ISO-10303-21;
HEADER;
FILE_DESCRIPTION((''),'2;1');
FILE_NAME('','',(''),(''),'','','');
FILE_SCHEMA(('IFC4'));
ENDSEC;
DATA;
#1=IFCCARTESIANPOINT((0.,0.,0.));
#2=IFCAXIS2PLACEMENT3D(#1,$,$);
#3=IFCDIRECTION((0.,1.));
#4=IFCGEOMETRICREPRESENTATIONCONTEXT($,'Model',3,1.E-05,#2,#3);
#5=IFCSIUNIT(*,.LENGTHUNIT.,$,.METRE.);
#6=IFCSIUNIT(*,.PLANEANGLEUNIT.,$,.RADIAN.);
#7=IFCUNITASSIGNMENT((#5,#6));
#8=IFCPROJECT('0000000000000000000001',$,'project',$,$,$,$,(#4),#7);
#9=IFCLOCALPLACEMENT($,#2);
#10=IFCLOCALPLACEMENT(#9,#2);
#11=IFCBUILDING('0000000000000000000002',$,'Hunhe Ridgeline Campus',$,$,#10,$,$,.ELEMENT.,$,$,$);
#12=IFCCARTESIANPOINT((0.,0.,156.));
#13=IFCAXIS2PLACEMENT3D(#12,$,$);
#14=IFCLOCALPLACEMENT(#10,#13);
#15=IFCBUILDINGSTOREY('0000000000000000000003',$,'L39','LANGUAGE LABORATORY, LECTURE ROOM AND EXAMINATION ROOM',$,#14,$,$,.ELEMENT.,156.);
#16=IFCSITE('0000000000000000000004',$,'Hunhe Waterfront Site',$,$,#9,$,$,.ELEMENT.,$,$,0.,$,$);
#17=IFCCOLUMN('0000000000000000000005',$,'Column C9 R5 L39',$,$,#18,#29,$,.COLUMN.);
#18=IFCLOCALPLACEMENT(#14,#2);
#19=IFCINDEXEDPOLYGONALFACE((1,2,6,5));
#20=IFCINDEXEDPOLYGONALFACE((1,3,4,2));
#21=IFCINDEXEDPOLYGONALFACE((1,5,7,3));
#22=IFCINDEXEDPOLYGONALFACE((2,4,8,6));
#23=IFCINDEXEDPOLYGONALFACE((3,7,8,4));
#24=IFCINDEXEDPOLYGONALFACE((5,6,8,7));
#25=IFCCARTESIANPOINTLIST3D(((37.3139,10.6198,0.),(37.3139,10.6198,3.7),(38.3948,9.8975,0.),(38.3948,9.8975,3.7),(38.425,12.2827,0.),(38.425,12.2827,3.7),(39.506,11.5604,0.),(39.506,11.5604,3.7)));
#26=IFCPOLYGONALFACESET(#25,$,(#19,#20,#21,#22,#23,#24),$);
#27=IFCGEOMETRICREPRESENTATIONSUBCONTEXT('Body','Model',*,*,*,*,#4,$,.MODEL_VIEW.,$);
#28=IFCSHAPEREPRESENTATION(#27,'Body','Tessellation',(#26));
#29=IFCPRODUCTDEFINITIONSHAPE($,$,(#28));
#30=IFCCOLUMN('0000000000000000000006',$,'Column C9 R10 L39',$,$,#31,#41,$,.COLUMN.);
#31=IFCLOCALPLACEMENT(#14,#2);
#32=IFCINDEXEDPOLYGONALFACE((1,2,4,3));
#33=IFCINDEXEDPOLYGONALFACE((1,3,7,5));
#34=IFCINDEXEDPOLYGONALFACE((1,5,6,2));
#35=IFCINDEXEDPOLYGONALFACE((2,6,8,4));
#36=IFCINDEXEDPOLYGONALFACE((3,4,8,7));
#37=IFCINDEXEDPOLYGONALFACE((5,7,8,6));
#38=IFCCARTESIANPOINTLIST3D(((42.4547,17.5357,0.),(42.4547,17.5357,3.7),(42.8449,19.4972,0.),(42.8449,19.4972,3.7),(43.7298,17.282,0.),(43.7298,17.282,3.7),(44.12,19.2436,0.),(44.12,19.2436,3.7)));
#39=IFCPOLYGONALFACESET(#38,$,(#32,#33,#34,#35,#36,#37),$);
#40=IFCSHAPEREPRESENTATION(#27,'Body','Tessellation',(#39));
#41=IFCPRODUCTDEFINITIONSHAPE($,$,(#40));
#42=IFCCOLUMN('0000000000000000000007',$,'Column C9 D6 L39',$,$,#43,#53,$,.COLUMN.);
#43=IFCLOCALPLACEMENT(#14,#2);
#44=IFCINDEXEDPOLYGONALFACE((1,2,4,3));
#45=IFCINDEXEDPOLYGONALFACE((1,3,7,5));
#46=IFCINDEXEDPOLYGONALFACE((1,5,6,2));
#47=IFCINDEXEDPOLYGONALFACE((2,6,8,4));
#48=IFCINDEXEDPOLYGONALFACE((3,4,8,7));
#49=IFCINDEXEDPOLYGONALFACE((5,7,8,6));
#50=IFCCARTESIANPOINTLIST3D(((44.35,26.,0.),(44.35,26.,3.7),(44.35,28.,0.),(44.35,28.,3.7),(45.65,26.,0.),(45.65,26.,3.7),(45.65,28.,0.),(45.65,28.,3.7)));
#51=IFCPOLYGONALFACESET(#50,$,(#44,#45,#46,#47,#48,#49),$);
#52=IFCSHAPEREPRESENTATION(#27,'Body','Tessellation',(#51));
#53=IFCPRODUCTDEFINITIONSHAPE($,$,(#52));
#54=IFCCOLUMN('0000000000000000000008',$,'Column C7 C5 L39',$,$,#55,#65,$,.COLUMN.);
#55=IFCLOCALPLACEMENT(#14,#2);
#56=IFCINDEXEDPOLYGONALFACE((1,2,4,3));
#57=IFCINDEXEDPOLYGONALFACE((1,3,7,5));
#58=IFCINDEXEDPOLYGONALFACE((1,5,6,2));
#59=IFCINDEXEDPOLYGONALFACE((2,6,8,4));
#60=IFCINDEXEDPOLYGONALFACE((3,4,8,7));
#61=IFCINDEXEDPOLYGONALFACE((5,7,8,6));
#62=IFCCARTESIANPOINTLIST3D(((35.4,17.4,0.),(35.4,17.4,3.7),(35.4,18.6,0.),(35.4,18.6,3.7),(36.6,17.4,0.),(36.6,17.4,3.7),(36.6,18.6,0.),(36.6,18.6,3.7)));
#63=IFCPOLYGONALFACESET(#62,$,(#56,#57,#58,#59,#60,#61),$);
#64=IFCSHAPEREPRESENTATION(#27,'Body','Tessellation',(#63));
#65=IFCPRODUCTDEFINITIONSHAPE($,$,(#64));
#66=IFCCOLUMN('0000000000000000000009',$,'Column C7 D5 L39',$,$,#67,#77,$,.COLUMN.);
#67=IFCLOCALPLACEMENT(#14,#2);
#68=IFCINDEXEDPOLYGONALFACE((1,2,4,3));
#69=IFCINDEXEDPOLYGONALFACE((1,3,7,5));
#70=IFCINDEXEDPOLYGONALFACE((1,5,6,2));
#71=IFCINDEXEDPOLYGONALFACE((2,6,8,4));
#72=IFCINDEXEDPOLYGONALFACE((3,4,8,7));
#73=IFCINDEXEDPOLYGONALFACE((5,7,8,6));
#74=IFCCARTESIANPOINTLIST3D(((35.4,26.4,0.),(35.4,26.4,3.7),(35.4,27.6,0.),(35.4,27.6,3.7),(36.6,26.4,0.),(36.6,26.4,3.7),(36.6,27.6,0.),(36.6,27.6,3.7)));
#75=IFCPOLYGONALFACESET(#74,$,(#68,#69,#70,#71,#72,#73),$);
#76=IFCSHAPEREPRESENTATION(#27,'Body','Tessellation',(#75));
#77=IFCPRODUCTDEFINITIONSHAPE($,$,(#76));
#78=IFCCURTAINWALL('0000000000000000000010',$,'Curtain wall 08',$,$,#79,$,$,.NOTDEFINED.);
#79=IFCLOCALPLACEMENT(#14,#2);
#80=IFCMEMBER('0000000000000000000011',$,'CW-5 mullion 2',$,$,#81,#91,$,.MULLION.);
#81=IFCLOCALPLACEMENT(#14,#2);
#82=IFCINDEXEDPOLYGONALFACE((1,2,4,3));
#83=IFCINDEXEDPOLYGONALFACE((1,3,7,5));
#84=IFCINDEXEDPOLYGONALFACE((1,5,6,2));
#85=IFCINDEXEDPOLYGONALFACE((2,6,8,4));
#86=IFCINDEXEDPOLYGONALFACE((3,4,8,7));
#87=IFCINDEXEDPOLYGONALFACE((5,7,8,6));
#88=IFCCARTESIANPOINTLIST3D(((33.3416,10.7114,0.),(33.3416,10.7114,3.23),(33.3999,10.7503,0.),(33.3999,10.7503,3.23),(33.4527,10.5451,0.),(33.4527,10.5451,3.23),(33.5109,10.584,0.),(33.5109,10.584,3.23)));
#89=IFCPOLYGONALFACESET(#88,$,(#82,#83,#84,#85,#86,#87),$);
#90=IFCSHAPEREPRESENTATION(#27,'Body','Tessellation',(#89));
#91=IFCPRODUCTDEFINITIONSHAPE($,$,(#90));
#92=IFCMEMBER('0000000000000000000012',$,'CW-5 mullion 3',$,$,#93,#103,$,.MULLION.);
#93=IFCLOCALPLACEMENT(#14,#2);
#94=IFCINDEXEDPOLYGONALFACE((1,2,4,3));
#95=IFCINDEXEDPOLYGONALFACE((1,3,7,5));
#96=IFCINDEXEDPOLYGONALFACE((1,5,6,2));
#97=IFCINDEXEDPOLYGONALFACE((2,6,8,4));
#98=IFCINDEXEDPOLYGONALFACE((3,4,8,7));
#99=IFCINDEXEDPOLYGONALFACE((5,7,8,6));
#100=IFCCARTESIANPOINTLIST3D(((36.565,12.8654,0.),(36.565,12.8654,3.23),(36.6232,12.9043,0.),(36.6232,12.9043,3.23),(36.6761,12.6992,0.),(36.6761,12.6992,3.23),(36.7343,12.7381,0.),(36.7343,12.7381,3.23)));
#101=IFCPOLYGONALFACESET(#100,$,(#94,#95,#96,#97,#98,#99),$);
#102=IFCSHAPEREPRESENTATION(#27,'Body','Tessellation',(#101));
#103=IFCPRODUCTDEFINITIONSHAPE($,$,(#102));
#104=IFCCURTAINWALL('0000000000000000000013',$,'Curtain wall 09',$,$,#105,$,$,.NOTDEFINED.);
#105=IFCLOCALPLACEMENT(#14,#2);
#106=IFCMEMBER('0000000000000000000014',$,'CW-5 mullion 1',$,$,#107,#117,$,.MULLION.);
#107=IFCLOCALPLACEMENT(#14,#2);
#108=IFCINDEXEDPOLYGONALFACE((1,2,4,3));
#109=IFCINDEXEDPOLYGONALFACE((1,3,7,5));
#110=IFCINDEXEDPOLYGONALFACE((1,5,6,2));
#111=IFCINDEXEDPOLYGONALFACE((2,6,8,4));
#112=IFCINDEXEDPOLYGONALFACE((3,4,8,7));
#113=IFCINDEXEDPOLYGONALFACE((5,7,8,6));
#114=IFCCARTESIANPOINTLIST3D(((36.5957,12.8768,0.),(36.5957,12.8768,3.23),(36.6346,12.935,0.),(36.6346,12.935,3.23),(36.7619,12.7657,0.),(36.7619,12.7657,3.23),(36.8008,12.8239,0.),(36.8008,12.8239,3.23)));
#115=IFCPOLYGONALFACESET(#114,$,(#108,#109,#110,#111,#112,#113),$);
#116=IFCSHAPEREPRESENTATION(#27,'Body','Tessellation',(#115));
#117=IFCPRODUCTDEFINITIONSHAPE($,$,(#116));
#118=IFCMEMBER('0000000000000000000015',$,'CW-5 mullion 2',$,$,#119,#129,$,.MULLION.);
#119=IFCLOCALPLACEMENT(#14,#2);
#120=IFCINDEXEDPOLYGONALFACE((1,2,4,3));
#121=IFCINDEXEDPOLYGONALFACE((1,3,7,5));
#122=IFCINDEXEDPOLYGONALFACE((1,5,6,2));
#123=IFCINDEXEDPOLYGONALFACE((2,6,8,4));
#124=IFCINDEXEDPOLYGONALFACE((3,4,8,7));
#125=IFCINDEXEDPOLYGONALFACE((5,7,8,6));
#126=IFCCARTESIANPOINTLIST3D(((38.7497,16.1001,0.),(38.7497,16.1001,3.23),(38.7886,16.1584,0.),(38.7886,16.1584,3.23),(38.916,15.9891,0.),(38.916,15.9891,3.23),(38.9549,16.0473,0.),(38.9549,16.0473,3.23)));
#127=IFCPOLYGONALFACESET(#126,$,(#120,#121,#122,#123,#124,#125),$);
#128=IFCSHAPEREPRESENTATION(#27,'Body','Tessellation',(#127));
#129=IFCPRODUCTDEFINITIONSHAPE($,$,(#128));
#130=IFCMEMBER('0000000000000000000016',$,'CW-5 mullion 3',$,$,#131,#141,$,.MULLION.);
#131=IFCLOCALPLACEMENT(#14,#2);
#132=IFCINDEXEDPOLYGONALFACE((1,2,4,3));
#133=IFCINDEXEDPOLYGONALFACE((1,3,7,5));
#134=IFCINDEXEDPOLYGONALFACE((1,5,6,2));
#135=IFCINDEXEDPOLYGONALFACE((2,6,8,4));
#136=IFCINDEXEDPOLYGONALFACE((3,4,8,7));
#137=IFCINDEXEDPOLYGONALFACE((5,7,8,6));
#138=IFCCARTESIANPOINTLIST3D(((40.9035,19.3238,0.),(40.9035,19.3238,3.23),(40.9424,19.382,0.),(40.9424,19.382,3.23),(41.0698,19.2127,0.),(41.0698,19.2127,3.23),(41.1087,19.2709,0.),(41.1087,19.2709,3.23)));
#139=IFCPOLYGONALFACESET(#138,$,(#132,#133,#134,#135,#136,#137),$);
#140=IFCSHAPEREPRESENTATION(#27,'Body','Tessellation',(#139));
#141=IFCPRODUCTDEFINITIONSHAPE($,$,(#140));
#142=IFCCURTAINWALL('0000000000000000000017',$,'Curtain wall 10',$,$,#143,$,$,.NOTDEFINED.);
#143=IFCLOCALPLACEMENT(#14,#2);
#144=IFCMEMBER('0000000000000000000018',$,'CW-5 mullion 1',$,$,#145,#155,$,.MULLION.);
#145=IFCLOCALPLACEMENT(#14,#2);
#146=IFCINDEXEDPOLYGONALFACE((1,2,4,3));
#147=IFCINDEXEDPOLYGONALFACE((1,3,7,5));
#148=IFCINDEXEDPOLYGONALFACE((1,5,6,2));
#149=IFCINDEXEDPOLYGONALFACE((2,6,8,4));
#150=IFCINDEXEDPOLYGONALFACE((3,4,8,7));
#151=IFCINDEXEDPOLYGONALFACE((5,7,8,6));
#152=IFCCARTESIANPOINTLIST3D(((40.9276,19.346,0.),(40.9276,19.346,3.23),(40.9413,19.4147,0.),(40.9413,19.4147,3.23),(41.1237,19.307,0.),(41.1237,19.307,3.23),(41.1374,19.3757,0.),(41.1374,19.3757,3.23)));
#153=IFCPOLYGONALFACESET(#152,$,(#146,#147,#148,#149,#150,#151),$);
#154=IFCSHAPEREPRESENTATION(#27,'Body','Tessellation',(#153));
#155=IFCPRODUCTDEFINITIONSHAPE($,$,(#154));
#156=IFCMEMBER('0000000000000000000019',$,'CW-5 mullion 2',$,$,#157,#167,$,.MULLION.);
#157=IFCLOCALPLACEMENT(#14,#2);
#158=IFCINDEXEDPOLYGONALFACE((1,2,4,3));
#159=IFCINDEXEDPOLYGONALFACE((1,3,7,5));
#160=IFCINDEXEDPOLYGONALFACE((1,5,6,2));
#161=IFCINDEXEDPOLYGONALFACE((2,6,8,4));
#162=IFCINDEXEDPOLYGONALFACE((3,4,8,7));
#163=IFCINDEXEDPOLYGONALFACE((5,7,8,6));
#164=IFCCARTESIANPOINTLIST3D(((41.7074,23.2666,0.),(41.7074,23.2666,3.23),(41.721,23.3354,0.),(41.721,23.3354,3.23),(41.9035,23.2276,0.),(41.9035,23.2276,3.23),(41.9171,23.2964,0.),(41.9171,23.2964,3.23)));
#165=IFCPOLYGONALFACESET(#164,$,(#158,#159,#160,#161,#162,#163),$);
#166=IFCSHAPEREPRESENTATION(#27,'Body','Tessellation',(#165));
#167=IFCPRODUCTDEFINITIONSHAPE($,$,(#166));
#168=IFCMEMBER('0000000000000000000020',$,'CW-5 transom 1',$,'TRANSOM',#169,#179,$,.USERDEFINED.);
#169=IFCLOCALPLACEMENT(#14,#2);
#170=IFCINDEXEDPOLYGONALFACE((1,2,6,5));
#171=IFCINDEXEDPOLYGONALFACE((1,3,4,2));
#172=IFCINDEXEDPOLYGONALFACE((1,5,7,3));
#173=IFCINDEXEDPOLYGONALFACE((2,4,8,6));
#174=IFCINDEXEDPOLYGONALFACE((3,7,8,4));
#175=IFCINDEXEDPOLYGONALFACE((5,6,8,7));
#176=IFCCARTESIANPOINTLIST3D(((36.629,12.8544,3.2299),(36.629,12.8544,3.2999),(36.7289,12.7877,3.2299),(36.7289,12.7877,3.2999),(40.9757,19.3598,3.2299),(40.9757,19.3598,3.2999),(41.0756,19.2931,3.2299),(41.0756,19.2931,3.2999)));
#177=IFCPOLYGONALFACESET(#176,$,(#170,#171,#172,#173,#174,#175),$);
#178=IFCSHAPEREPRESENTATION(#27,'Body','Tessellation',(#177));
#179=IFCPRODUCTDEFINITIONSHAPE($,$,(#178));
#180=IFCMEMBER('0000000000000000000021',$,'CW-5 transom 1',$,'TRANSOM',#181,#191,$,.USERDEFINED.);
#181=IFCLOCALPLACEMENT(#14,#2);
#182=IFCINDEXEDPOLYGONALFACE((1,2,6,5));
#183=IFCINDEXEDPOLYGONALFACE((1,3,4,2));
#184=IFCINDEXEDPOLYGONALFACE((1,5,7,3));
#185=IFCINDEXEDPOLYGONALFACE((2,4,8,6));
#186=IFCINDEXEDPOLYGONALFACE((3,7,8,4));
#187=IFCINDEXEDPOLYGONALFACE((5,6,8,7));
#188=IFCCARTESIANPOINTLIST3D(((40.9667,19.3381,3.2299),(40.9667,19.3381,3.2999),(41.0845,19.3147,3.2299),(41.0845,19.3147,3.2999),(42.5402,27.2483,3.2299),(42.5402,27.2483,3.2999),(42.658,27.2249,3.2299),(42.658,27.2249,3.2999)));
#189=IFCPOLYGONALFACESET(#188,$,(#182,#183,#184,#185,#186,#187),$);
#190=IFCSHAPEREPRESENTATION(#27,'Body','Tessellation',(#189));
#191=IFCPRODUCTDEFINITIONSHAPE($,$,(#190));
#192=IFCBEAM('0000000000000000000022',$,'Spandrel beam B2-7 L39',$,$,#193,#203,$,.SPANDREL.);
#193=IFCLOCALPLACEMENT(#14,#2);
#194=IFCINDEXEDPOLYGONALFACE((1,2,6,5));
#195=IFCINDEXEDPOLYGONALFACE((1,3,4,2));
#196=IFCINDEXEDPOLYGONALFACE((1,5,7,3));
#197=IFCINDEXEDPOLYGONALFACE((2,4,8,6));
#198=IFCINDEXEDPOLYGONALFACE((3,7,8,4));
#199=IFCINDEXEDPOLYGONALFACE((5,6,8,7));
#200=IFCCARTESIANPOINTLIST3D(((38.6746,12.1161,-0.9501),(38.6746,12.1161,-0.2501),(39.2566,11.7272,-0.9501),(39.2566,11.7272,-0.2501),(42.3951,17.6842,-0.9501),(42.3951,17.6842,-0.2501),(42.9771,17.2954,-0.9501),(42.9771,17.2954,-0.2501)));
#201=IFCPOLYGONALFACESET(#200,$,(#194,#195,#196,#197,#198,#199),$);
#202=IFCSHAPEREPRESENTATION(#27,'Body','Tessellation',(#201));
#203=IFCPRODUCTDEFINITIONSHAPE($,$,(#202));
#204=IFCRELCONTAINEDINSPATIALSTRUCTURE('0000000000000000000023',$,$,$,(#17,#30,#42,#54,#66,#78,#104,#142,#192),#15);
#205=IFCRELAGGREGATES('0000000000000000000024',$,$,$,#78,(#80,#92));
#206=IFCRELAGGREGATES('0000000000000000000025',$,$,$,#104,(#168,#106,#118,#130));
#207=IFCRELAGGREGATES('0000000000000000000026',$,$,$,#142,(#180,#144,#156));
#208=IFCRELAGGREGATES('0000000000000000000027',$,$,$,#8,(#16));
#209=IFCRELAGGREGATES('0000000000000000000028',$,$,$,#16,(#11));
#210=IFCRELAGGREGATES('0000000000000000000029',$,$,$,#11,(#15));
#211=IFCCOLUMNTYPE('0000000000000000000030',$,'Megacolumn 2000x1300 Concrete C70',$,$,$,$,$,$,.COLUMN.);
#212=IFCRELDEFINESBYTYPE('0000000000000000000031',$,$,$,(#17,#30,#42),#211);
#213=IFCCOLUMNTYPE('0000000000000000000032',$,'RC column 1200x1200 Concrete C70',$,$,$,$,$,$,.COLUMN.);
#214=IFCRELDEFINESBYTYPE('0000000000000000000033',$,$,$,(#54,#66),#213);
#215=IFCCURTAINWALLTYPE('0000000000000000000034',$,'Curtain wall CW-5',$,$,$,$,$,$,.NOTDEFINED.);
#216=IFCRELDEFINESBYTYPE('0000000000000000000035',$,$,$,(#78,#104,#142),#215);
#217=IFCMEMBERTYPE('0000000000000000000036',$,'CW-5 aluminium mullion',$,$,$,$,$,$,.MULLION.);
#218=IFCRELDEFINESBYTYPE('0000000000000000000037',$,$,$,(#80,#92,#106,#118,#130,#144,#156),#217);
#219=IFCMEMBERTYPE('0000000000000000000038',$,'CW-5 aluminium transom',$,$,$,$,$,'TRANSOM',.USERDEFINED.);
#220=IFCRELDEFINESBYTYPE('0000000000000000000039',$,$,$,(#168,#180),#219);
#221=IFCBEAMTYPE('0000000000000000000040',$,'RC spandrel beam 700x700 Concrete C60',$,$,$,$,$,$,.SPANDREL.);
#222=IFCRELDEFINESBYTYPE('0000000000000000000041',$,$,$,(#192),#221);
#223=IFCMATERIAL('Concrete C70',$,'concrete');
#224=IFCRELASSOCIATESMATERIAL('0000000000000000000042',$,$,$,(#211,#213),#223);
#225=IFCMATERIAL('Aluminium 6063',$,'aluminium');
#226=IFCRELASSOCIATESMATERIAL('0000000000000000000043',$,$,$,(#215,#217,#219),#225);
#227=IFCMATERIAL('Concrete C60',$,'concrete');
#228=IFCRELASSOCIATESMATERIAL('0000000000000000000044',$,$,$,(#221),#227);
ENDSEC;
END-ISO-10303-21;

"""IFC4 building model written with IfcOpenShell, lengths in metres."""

from ifc_helpers import new_model, si_unit, direction, frame, origin, origin_2d, place, context, subcontext, project, spatial, rectangle, extrude, material, material_profile, profile_set, type_object, element, aggregate, save


model = new_model("IFC4")

# Units and contexts
model_context = context("Model", 3, precision=1e-05, world=origin(), true_north=direction((0.0, 1.0)))
body_context = subcontext(model_context, "Body", "Model", "MODEL_VIEW")
ifc_project = project(units=[si_unit("LENGTHUNIT", "METRE"), si_unit("PLANEANGLEUNIT", "RADIAN")], contexts=[model_context])

# Site, building, storey
site_placement = place(None, origin())
site = spatial("IfcSite", under=ifc_project, at=site_placement, Name="Hunhe Waterfront Site", CompositionType="ELEMENT", RefElevation=0.0)
building_placement = place(site_placement, origin())
building = spatial("IfcBuilding", under=site, at=building_placement, Name="Hunhe Ridgeline Campus", CompositionType="ELEMENT")
storey_placement = place(building_placement, frame((0.0, 0.0, 156.0)))
storey = spatial("IfcBuildingStorey", under=building, at=storey_placement, Name="L39", Description="LANGUAGE LABORATORY, LECTURE ROOM AND EXAMINATION ROOM", CompositionType="ELEMENT", Elevation=156.0)

# Columns
ifc_material_1 = material(Name="Concrete C70", Category="concrete")
ifc_material_profile_1 = material_profile(ifc_material_1, rectangle(XDim=2.0, YDim=1.3, at=origin_2d()))
ifc_profile_set_1 = profile_set([ifc_material_profile_1], Name="Concrete C70")
column_type_1 = type_object("IfcColumnType", Name="Megacolumn 2000x1300 Concrete C70", PredefinedType="COLUMN", material=ifc_profile_set_1)
for number, where, z_axis, x_axis, name in (
    (1, (38.4099, 11.0901, 0.0), (0.0, 0.0, 1.0), (0.55557, 0.83147, 0.0), "Column C9 R5 L39"),
    (2, (43.2874, 18.3896, 0.0), (0.0, 0.0, 1.0), (0.19509, 0.980785, 0.0), "Column C9 R10 L39"),
    (3, (45.0, 27.0, 0.0), (0.0, 0.0, 1.0), (0.0, 1.0, 0.0), "Column C9 D6 L39"),
):
    element("IfcColumn", number, at=place(storey_placement, frame(where, z_axis=z_axis, x_axis=x_axis)), inside=storey, type_object=column_type_1, Name=name, PredefinedType="COLUMN", context=body_context, shape_type="SweptSolid", body=[
        extrude(rectangle(XDim=2.0, YDim=1.3, at=origin_2d()), origin(), (0.0, 0.0, 1.0), 3.7),
    ])
ifc_material_profile_2 = material_profile(ifc_material_1, rectangle(XDim=1.2, YDim=1.2, at=origin_2d()))
ifc_profile_set_2 = profile_set([ifc_material_profile_2], Name="Concrete C70")
column_type_2 = type_object("IfcColumnType", Name="RC column 1200x1200 Concrete C70", PredefinedType="COLUMN", material=ifc_profile_set_2)
for number, where, z_axis, x_axis, name in (
    (4, (36.0, 18.0, 0.0), (0.0, 0.0, 1.0), (1.0, 0.0, 0.0), "Column C7 C5 L39"),
    (5, (36.0, 27.0, 0.0), (0.0, 0.0, 1.0), (1.0, 0.0, 0.0), "Column C7 D5 L39"),
):
    element("IfcColumn", number, at=place(storey_placement, frame(where, z_axis=z_axis, x_axis=x_axis)), inside=storey, type_object=column_type_2, Name=name, PredefinedType="COLUMN", context=body_context, shape_type="SweptSolid", body=[
        extrude(rectangle(XDim=1.2, YDim=1.2, at=origin_2d()), origin(), (0.0, 0.0, 1.0), 3.7),
    ])

# Curtain walls, members
ifc_material_2 = material(Name="Aluminium 6063", Category="aluminium")
curtain_wall_type = type_object("IfcCurtainWallType", Name="Curtain wall CW-5", PredefinedType="NOTDEFINED", material=ifc_material_2)
curtain_wall_1_placement = place(storey_placement, origin())
curtain_wall_1 = element("IfcCurtainWall", 6, at=curtain_wall_1_placement, inside=storey, type_object=curtain_wall_type, Name="Curtain wall 08", PredefinedType="NOTDEFINED")
ifc_material_profile_3 = material_profile(ifc_material_2, rectangle(XDim=0.2, YDim=0.0701, at=origin_2d()))
ifc_profile_set_3 = profile_set([ifc_material_profile_3], Name="Aluminium 6063")
member_type_1 = type_object("IfcMemberType", Name="CW-5 aluminium mullion", PredefinedType="MULLION", material=ifc_profile_set_3)
member_1_placement = place(storey_placement, frame((33.4263, 10.6477, 0.0), z_axis=(0.0, 0.0, 1.0), x_axis=(-0.55557, 0.83147, 0.0)))
member_1 = element("IfcMember", 7, at=member_1_placement, type_object=member_type_1, Name="CW-5 mullion 2", PredefinedType="MULLION", context=body_context, shape_type="SweptSolid", body=[
    extrude(rectangle(XDim=0.2, YDim=0.0701, at=origin_2d()), origin(), (0.0, 0.0, 1.0), 3.23),
])
member_2_placement = place(storey_placement, frame((36.6497, 12.8018, 0.0), z_axis=(0.0, 0.0, 1.0), x_axis=(-0.55557, 0.83147, 0.0)))
member_2 = element("IfcMember", 8, at=member_2_placement, type_object=member_type_1, Name="CW-5 mullion 3", PredefinedType="MULLION", context=body_context, shape_type="SweptSolid", body=[
    extrude(rectangle(XDim=0.2, YDim=0.0701, at=origin_2d()), origin(), (0.0, 0.0, 1.0), 3.23),
])
curtain_wall_2_placement = place(storey_placement, origin())
curtain_wall_2 = element("IfcCurtainWall", 9, at=curtain_wall_2_placement, inside=storey, type_object=curtain_wall_type, Name="Curtain wall 09", PredefinedType="NOTDEFINED")
member_3_placement = place(storey_placement, frame((36.6982, 12.8503, 0.0), z_axis=(0.0, 0.0, 1.0), x_axis=(-0.83147, 0.55557, 0.0)))
member_3 = element("IfcMember", 10, at=member_3_placement, type_object=member_type_1, Name="CW-5 mullion 1", PredefinedType="MULLION", context=body_context, shape_type="SweptSolid", body=[
    extrude(rectangle(XDim=0.2, YDim=0.0701, at=origin_2d()), origin(), (0.0, 0.0, 1.0), 3.23),
])
member_4_placement = place(storey_placement, frame((38.8523, 16.0737, 0.0), z_axis=(0.0, 0.0, 1.0), x_axis=(-0.83147, 0.55557, 0.0)))
member_4 = element("IfcMember", 11, at=member_4_placement, type_object=member_type_1, Name="CW-5 mullion 2", PredefinedType="MULLION", context=body_context, shape_type="SweptSolid", body=[
    extrude(rectangle(XDim=0.2, YDim=0.0701, at=origin_2d()), origin(), (0.0, 0.0, 1.0), 3.23),
])
member_5_placement = place(storey_placement, frame((41.0061, 19.2974, 0.0), z_axis=(0.0, 0.0, 1.0), x_axis=(-0.83147, 0.55557, 0.0)))
member_5 = element("IfcMember", 12, at=member_5_placement, type_object=member_type_1, Name="CW-5 mullion 3", PredefinedType="MULLION", context=body_context, shape_type="SweptSolid", body=[
    extrude(rectangle(XDim=0.2, YDim=0.0701, at=origin_2d()), origin(), (0.0, 0.0, 1.0), 3.23),
])
curtain_wall_3_placement = place(storey_placement, origin())
curtain_wall_3 = element("IfcCurtainWall", 13, at=curtain_wall_3_placement, inside=storey, type_object=curtain_wall_type, Name="Curtain wall 10", PredefinedType="NOTDEFINED")
member_6_placement = place(storey_placement, frame((41.0325, 19.3608, 0.0), z_axis=(0.0, 0.0, 1.0), x_axis=(-0.980785, 0.19509, 0.0)))
member_6 = element("IfcMember", 14, at=member_6_placement, type_object=member_type_1, Name="CW-5 mullion 1", PredefinedType="MULLION", context=body_context, shape_type="SweptSolid", body=[
    extrude(rectangle(XDim=0.2, YDim=0.0701, at=origin_2d()), origin(), (0.0, 0.0, 1.0), 3.23),
])
member_7_placement = place(storey_placement, frame((41.8123, 23.2815, 0.0), z_axis=(0.0, 0.0, 1.0), x_axis=(-0.980785, 0.19509, 0.0)))
member_7 = element("IfcMember", 15, at=member_7_placement, type_object=member_type_1, Name="CW-5 mullion 2", PredefinedType="MULLION", context=body_context, shape_type="SweptSolid", body=[
    extrude(rectangle(XDim=0.2, YDim=0.0701, at=origin_2d()), origin(), (0.0, 0.0, 1.0), 3.23),
])

# Members
ifc_material_profile_4 = material_profile(ifc_material_2, rectangle(XDim=0.1201, YDim=0.0701, at=origin_2d()))
ifc_profile_set_4 = profile_set([ifc_material_profile_4], Name="Aluminium 6063")
member_type_2 = type_object("IfcMemberType", Name="CW-5 aluminium transom", ElementType="TRANSOM", PredefinedType="USERDEFINED", material=ifc_profile_set_4)
member_8_placement = place(storey_placement, frame((36.679, 12.821, 3.2649), z_axis=(0.555564, 0.831474, 0.0), x_axis=(-0.831474, 0.555564, 0.0)))
member_8 = element("IfcMember", 16, at=member_8_placement, type_object=member_type_2, Name="CW-5 transom 1", ObjectType="TRANSOM", PredefinedType="USERDEFINED", context=body_context, shape_type="SweptSolid", body=[
    extrude(rectangle(XDim=0.1201, YDim=0.0701, at=origin_2d()), origin(), (0.0, 0.0, 1.0), 7.824),
])
member_9_placement = place(storey_placement, frame((41.0256, 19.3264, 3.2649), z_axis=(0.195097, 0.980784, 0.0), x_axis=(-0.980784, 0.195097, 0.0)))
member_9 = element("IfcMember", 17, at=member_9_placement, type_object=member_type_2, Name="CW-5 transom 1", ObjectType="TRANSOM", PredefinedType="USERDEFINED", context=body_context, shape_type="SweptSolid", body=[
    extrude(rectangle(XDim=0.1201, YDim=0.0701, at=origin_2d()), origin(), (0.0, 0.0, 1.0), 8.0652),
])

# Beam
ifc_material_3 = material(Name="Concrete C60", Category="concrete")
ifc_material_profile_5 = material_profile(ifc_material_3, rectangle(XDim=0.7, YDim=0.7, at=origin_2d()))
ifc_profile_set_5 = profile_set([ifc_material_profile_5], Name="Concrete C60")
beam_type = type_object("IfcBeamType", Name="RC spandrel beam 700x700 Concrete C60", PredefinedType="SPANDREL", material=ifc_profile_set_5)
beam_1_placement = place(storey_placement, frame((38.9656, 11.9216, -0.6001), z_axis=(0.555566, 0.831472, 0.0), x_axis=(-0.831472, 0.555566, 0.0)))
element("IfcBeam", 18, at=beam_1_placement, inside=storey, type_object=beam_type, Name="Spandrel beam B2-7 L39", PredefinedType="SPANDREL", context=body_context, shape_type="SweptSolid", body=[
    extrude(rectangle(XDim=0.7, YDim=0.7, at=origin_2d()), origin(), (0.0, 0.0, 1.0), 6.6968),
])

aggregate(curtain_wall_1, [member_1, member_2])
aggregate(curtain_wall_2, [member_8, member_3, member_4, member_5])
aggregate(curtain_wall_3, [member_9, member_6, member_7])

save(model, "model.ifc")
